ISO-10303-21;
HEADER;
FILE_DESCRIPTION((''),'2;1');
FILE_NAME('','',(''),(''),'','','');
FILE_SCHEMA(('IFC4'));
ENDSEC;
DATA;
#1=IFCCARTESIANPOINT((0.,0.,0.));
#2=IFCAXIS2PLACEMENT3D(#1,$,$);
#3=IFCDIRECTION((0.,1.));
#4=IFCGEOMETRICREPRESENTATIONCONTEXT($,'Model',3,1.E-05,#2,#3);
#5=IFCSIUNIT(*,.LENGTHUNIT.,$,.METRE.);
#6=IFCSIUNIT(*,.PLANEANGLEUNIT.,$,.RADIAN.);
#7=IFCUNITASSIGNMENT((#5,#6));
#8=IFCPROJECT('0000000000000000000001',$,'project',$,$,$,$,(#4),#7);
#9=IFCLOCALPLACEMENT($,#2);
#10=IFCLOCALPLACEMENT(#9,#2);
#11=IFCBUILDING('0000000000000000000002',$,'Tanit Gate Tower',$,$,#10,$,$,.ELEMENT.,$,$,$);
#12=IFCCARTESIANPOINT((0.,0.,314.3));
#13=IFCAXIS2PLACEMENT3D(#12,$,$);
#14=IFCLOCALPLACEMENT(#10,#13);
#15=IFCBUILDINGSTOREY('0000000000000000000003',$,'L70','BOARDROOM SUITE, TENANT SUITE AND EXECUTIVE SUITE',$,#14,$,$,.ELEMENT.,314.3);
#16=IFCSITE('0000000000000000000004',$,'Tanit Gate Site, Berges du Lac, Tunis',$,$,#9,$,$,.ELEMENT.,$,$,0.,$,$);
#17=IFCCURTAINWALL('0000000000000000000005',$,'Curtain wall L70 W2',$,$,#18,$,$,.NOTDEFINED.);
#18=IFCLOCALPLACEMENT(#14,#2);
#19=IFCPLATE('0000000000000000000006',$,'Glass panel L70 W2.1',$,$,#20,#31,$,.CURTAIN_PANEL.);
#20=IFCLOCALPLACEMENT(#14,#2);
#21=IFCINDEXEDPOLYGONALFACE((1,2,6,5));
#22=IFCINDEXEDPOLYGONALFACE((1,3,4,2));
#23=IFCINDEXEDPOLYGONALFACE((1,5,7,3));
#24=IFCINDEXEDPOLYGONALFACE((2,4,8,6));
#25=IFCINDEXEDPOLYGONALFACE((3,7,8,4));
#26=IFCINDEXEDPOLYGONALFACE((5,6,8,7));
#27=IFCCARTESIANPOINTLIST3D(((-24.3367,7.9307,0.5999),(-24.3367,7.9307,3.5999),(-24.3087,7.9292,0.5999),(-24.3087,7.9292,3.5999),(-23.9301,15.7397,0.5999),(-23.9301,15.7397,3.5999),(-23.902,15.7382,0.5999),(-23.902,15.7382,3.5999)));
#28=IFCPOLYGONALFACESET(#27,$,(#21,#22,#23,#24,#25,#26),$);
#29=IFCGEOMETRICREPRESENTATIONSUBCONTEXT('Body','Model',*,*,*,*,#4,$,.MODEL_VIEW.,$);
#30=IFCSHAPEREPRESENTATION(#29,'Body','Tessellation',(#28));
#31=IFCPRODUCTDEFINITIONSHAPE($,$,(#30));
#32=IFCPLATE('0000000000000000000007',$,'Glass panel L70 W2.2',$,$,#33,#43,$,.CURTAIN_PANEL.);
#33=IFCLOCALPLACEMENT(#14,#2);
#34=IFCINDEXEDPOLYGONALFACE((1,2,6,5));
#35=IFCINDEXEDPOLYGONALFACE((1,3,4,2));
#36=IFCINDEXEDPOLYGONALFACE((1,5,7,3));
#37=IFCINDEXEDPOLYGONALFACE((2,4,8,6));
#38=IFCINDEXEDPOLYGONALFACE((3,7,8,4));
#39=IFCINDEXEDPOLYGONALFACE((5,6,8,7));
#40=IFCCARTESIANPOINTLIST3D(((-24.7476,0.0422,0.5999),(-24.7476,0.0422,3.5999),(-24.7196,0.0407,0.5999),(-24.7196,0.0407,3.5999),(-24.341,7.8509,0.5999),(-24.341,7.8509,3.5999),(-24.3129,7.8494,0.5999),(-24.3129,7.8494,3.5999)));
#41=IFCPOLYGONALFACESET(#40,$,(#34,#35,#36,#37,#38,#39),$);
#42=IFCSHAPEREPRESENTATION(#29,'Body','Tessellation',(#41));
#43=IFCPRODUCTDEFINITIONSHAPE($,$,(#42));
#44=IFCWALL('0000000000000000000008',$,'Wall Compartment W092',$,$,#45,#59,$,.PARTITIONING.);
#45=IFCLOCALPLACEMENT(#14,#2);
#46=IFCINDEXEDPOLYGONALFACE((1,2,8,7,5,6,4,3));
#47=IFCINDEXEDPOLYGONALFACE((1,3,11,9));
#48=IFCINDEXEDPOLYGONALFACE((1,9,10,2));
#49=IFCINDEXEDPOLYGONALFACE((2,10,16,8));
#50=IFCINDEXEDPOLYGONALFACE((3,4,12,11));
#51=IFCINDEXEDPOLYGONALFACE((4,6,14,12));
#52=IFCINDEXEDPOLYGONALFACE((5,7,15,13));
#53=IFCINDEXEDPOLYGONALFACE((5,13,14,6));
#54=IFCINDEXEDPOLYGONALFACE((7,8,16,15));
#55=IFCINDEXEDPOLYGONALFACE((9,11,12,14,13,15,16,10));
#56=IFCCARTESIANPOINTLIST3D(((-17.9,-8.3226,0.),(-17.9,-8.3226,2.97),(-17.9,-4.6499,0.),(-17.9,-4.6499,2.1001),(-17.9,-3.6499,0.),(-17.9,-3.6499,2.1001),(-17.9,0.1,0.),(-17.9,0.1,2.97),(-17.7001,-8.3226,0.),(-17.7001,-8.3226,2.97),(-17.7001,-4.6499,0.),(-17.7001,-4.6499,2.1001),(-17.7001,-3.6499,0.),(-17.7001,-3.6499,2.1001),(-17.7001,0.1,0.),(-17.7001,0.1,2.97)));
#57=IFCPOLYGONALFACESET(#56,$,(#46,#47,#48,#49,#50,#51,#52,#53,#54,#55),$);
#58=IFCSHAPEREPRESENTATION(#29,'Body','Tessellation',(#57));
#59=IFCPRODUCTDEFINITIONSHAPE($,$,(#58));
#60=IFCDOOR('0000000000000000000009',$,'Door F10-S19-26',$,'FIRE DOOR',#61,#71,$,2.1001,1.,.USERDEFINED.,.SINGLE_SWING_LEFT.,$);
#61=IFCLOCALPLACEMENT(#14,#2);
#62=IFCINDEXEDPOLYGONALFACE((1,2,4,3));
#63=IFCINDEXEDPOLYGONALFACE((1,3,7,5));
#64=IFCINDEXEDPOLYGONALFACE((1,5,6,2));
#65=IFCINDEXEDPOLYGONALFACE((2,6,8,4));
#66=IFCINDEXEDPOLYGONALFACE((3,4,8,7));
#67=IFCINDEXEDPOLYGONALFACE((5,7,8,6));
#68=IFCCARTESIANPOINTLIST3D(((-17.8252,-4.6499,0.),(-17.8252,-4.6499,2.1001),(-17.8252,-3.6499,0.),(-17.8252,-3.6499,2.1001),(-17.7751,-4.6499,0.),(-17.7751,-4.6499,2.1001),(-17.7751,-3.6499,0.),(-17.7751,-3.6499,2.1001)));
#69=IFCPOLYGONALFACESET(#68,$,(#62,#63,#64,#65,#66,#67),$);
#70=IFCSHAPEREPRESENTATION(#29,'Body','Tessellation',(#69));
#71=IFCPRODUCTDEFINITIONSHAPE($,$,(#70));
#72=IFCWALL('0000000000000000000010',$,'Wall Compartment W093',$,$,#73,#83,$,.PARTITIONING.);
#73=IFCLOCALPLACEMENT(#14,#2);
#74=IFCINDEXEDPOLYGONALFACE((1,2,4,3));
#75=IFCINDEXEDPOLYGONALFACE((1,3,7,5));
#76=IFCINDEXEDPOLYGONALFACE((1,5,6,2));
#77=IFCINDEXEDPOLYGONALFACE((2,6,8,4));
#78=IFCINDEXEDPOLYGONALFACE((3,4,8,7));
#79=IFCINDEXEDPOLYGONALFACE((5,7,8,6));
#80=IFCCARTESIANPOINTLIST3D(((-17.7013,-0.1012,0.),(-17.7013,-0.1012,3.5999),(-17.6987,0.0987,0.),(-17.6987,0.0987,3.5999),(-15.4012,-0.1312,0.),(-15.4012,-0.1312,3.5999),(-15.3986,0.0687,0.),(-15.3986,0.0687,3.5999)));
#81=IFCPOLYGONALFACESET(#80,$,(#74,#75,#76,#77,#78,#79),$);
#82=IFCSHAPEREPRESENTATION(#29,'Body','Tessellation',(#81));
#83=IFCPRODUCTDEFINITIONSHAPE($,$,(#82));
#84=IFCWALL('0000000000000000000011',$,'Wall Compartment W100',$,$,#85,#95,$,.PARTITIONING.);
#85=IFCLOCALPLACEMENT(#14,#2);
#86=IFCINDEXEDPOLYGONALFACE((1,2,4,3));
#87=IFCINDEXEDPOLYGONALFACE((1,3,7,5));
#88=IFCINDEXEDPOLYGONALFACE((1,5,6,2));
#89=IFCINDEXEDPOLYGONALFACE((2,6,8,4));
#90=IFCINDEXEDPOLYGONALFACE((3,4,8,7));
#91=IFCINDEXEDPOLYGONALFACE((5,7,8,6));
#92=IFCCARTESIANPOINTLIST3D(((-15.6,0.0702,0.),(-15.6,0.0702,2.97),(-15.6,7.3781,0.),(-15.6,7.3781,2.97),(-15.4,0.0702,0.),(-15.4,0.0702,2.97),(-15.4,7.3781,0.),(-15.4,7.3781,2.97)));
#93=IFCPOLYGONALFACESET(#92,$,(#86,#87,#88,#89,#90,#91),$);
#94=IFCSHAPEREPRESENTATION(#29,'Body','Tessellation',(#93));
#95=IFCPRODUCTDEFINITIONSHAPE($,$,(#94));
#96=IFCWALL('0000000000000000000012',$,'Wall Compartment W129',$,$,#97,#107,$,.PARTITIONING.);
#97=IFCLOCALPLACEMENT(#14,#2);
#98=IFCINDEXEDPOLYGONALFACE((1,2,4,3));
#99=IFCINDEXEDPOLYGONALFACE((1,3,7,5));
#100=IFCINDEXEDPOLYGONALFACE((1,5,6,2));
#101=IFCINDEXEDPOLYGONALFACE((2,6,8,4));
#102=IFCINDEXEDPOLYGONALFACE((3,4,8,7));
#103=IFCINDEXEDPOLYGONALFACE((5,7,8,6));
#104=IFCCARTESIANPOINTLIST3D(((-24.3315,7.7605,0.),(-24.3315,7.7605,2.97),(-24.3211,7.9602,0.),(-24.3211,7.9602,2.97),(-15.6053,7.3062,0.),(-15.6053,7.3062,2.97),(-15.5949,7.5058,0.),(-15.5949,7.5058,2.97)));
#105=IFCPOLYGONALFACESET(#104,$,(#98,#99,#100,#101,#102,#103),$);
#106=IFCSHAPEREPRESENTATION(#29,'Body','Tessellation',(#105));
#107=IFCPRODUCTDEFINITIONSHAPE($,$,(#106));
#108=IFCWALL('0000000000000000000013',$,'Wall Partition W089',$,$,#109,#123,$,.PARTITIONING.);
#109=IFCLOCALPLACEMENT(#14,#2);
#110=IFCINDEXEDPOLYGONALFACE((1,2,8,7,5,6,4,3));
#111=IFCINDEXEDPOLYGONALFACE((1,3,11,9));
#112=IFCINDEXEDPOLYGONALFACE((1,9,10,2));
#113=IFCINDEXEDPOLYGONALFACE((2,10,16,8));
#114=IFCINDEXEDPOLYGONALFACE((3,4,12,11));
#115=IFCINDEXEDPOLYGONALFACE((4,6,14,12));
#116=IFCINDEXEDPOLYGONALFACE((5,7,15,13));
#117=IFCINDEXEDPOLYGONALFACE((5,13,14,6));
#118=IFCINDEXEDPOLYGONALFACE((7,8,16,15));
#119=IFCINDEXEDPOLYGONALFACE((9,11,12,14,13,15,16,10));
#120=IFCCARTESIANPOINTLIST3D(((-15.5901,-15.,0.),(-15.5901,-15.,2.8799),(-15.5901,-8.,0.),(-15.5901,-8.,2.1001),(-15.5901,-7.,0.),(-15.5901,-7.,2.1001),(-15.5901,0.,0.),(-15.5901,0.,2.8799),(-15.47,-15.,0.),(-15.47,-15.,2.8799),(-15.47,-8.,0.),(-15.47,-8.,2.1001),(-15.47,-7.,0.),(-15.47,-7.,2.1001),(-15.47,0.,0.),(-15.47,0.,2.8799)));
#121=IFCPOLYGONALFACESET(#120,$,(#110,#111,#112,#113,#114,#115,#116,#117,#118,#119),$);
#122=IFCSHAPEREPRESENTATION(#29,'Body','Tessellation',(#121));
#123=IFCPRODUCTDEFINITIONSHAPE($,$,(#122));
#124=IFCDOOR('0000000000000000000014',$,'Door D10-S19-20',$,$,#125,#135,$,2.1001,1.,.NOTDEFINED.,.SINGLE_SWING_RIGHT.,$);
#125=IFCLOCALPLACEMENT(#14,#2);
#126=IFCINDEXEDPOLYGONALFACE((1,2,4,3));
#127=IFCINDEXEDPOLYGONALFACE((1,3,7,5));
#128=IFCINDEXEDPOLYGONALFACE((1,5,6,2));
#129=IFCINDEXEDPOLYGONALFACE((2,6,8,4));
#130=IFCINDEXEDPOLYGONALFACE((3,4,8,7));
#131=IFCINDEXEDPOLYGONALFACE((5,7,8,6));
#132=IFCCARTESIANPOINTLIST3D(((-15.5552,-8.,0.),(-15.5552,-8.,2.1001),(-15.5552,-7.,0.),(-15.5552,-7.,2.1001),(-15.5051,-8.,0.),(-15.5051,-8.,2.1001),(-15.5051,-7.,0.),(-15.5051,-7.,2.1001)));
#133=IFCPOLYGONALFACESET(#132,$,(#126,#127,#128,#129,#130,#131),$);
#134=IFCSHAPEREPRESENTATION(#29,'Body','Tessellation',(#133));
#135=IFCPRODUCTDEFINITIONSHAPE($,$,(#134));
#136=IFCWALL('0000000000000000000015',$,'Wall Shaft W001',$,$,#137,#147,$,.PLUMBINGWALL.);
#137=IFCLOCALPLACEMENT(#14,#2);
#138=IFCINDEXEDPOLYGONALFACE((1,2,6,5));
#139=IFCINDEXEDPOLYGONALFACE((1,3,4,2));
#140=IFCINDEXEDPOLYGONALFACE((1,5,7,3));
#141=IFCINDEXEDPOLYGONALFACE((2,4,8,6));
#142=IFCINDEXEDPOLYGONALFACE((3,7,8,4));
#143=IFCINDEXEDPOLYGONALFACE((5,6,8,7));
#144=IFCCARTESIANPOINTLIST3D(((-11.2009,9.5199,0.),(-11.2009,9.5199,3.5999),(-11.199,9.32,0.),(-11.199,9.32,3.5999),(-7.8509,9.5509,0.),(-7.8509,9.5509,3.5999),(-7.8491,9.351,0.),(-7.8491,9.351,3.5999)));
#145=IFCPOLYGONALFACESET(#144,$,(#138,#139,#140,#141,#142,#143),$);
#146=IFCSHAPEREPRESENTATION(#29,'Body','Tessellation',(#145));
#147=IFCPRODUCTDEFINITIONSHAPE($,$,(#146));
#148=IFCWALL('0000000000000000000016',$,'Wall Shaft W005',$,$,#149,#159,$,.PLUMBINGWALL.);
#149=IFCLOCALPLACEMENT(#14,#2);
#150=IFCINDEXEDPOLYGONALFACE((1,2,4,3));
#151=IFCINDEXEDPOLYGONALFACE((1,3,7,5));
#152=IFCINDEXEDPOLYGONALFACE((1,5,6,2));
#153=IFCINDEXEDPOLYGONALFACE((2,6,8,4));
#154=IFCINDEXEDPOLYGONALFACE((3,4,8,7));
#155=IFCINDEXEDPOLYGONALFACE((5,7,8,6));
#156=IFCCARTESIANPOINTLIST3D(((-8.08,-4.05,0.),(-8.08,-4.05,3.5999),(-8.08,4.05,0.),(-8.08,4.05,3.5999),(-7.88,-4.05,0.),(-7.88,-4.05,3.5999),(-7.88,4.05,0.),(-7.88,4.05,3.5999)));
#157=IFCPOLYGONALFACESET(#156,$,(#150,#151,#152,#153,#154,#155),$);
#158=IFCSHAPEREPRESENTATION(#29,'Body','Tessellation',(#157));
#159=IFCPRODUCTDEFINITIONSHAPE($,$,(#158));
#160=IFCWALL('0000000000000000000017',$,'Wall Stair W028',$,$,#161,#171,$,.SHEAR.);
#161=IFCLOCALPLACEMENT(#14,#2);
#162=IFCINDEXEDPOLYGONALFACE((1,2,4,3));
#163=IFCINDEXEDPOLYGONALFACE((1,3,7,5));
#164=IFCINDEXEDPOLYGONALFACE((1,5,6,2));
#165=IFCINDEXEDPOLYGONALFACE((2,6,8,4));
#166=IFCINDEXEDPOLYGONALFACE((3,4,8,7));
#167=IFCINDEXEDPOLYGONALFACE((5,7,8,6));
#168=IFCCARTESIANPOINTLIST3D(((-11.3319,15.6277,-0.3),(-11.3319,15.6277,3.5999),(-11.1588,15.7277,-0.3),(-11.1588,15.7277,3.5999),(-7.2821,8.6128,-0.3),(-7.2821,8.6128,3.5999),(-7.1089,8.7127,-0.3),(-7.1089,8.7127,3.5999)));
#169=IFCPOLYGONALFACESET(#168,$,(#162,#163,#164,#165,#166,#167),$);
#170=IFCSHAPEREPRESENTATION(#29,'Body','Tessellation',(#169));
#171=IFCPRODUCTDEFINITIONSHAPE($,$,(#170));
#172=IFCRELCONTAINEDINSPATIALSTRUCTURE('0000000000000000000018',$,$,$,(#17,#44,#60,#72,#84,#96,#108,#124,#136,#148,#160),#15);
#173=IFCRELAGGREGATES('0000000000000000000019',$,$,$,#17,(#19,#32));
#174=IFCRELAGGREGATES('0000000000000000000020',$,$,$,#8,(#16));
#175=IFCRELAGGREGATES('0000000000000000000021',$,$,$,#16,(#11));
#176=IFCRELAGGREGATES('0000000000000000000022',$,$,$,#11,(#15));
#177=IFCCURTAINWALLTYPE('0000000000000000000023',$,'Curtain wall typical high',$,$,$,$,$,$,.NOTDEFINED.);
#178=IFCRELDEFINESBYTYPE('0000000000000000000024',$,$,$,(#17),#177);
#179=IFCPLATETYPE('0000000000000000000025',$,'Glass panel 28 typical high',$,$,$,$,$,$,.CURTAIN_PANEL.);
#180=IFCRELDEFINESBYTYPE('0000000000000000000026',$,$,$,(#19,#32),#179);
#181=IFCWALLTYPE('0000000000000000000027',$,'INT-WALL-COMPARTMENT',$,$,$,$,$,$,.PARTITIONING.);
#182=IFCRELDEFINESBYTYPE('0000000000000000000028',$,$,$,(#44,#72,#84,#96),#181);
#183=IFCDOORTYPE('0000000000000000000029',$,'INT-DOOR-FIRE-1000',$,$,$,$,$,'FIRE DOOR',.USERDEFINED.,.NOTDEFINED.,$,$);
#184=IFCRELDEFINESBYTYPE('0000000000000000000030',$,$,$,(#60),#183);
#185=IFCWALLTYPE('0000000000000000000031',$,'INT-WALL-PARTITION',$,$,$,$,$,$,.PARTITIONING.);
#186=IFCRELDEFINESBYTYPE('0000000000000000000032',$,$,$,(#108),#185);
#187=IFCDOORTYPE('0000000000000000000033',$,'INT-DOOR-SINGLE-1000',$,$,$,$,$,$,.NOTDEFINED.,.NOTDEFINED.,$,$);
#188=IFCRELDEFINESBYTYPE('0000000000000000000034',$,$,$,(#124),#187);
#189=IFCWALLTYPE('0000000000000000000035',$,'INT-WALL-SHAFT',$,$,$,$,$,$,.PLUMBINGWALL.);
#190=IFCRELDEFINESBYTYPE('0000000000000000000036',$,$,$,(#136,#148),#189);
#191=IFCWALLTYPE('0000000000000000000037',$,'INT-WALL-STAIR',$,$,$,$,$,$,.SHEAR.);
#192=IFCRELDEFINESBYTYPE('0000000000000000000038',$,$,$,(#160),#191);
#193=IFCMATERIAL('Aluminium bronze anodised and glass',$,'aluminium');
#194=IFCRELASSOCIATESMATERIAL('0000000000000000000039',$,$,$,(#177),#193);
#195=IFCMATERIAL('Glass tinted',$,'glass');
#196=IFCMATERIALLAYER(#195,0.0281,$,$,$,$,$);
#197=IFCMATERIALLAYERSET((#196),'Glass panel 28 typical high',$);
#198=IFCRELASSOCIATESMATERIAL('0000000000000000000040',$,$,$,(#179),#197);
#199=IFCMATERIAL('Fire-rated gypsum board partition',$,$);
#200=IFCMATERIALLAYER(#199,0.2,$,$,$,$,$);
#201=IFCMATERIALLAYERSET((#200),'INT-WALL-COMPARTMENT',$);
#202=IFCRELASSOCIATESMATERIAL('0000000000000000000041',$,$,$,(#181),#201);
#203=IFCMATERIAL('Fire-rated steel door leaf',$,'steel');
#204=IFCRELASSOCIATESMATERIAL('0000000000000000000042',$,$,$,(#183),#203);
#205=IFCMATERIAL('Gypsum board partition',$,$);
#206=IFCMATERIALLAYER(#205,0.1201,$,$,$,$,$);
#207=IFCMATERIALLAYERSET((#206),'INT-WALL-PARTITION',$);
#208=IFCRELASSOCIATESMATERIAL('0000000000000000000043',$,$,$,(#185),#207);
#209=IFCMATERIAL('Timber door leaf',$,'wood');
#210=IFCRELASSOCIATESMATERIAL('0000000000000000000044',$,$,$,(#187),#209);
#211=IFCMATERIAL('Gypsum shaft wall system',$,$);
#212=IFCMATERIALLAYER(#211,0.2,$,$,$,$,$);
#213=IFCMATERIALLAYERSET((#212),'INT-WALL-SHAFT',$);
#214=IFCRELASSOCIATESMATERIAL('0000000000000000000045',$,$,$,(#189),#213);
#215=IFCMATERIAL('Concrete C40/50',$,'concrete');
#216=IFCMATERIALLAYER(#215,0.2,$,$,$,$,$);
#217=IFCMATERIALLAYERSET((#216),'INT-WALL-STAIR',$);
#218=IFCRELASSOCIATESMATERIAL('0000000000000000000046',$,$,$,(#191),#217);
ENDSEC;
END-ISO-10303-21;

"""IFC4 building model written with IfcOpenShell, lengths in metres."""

from ifc_helpers import new_model, si_unit, direction, frame, frame_2d, origin, origin_2d, place, context, subcontext, project, spatial, rectangle, extrude, material, layer, layer_set, type_object, element, fill, aggregate, save


model = new_model("IFC4")

# Units and contexts
model_context = context("Model", 3, precision=1e-05, world=origin(), true_north=direction((0.0, 1.0)))
body_context = subcontext(model_context, "Body", "Model", "MODEL_VIEW")
ifc_project = project(units=[si_unit("LENGTHUNIT", "METRE"), si_unit("PLANEANGLEUNIT", "RADIAN")], contexts=[model_context])

# Site, building, storey
site_placement = place(None, origin())
site = spatial("IfcSite", under=ifc_project, at=site_placement, Name="Tanit Gate Site, Berges du Lac, Tunis", CompositionType="ELEMENT", RefElevation=0.0)
building_placement = place(site_placement, origin())
building = spatial("IfcBuilding", under=site, at=building_placement, Name="Tanit Gate Tower", CompositionType="ELEMENT")
storey_placement = place(building_placement, frame((0.0, 0.0, 314.3)))
storey = spatial("IfcBuildingStorey", under=building, at=storey_placement, Name="L70", Description="BOARDROOM SUITE, TENANT SUITE AND EXECUTIVE SUITE", CompositionType="ELEMENT", Elevation=314.3)

# Curtain wall
ifc_material_1 = material(Name="Aluminium bronze anodised and glass", Category="aluminium")
curtain_wall_type = type_object("IfcCurtainWallType", Name="Curtain wall typical high", PredefinedType="NOTDEFINED", material=ifc_material_1)
curtain_wall_placement = place(storey_placement, origin())
curtain_wall = element("IfcCurtainWall", 1, at=curtain_wall_placement, inside=storey, type_object=curtain_wall_type, Name="Curtain wall L70 W2", PredefinedType="NOTDEFINED")

# Plates
ifc_material_2 = material(Name="Glass tinted", Category="glass")
ifc_layer_1 = layer(ifc_material_2, 0.0281)
ifc_layer_set_1 = layer_set([ifc_layer_1], Name="Glass panel 28 typical high")
plate_type = type_object("IfcPlateType", Name="Glass panel 28 typical high", PredefinedType="CURTAIN_PANEL", material=ifc_layer_set_1)
plate_1_placement = place(storey_placement, frame((-24.1194, 11.8345, 0.5999), z_axis=(0.0, 0.0, 1.0), x_axis=(-0.052003, -0.998647, 0.0)))
plate_1 = element("IfcPlate", 2, at=plate_1_placement, type_object=plate_type, Name="Glass panel L70 W2.1", PredefinedType="CURTAIN_PANEL", context=body_context, shape_type="SweptSolid", body=[
    extrude(rectangle(XDim=7.8196, YDim=0.0281, at=origin_2d()), origin(), (0.0, 0.0, 1.0), 3.0),
])
plate_2_placement = place(storey_placement, frame((-24.5303, 3.9458, 0.5999), z_axis=(0.0, 0.0, 1.0), x_axis=(-0.052003, -0.998647, 0.0)))
plate_2 = element("IfcPlate", 3, at=plate_2_placement, type_object=plate_type, Name="Glass panel L70 W2.2", PredefinedType="CURTAIN_PANEL", context=body_context, shape_type="SweptSolid", body=[
    extrude(rectangle(XDim=7.8193, YDim=0.0281, at=origin_2d()), origin(), (0.0, 0.0, 1.0), 3.0),
])
aggregate(curtain_wall, [plate_1, plate_2])

# Wall, opening, door
ifc_material_3 = material(Name="Fire-rated gypsum board partition")
ifc_layer_2 = layer(ifc_material_3, 0.2)
ifc_layer_set_2 = layer_set([ifc_layer_2], Name="INT-WALL-COMPARTMENT")
wall_type_1 = type_object("IfcWallType", Name="INT-WALL-COMPARTMENT", PredefinedType="PARTITIONING", material=ifc_layer_set_2)
wall_1_placement = place(storey_placement, frame((-17.8, 0.1001, 0.0), z_axis=(0.0, 0.0, 1.0), x_axis=(0.0, -1.0, 0.0)))
wall_1 = element("IfcWall", 4, at=wall_1_placement, inside=storey, type_object=wall_type_1, Name="Wall Compartment W092", PredefinedType="PARTITIONING", context=body_context, shape_type="SweptSolid", body=[
    extrude(rectangle(XDim=8.4226, YDim=0.2, at=frame_2d((4.2114, 0.0))), origin(), (0.0, 0.0, 1.0), 2.97),
])
opening_1_placement = place(wall_1_placement, frame((3.75, 0.0, 0.0)))
opening_1 = element("IfcOpeningElement", 5, at=opening_1_placement, cuts=wall_1, PredefinedType="OPENING", context=body_context, shape_type="SweptSolid", body=[
    extrude(rectangle(XDim=1.0, YDim=2.1001, at=frame_2d((0.5, 1.05))), frame((0.0, 0.1099, 0.0), z_axis=(0.0, -1.0, 0.0), x_axis=(1.0, 0.0, 0.0)), (0.0, 0.0, 1.0), 0.22),
])
ifc_material_4 = material(Name="Fire-rated steel door leaf", Category="steel")
door_type_1 = type_object("IfcDoorType", Name="INT-DOOR-FIRE-1000", ElementType="FIRE DOOR", OperationType="NOTDEFINED", PredefinedType="USERDEFINED", material=ifc_material_4)
door_1_placement = place(opening_1_placement, origin())
door_1 = element("IfcDoor", 6, at=door_1_placement, inside=storey, type_object=door_type_1, Name="Door F10-S19-26", ObjectType="FIRE DOOR", OperationType="SINGLE_SWING_LEFT", OverallHeight=2.1001, OverallWidth=1.0, PredefinedType="USERDEFINED", context=body_context, shape_type="SweptSolid", body=[
    extrude(rectangle(XDim=1.0, YDim=2.1001, at=frame_2d((0.5, 1.05))), frame((0.0, 0.0249, 0.0), z_axis=(0.0, -1.0, 0.0), x_axis=(1.0, 0.0, 0.0)), (0.0, 0.0, 1.0), 0.05),
])
fill(opening_1, door_1)

# Walls
wall_2_placement = place(storey_placement, frame((-15.3999, -0.0312, 0.0), z_axis=(0.0, 0.0, 1.0), x_axis=(-0.999915, 0.013055, 0.0)))
element("IfcWall", 7, at=wall_2_placement, inside=storey, type_object=wall_type_1, Name="Wall Compartment W093", PredefinedType="PARTITIONING", context=body_context, shape_type="SweptSolid", body=[
    extrude(rectangle(XDim=2.3003, YDim=0.2, at=frame_2d((1.1501, 0.0))), origin(), (0.0, 0.0, 1.0), 3.5999),
])
wall_3_placement = place(storey_placement, frame((-15.5, 7.3779, 0.0), z_axis=(0.0, 0.0, 1.0), x_axis=(0.0, -1.0, 0.0)))
element("IfcWall", 8, at=wall_3_placement, inside=storey, type_object=wall_type_1, Name="Wall Compartment W100", PredefinedType="PARTITIONING", context=body_context, shape_type="SweptSolid", body=[
    extrude(rectangle(XDim=7.3079, YDim=0.2, at=frame_2d((3.6538, 0.0))), origin(), (0.0, 0.0, 1.0), 2.97),
])
wall_4_placement = place(storey_placement, frame((-24.3264, 7.8604, 0.0), z_axis=(0.0, 0.0, 1.0), x_axis=(0.998647, -0.051996, 0.0)))
element("IfcWall", 9, at=wall_4_placement, inside=storey, type_object=wall_type_1, Name="Wall Compartment W129", PredefinedType="PARTITIONING", context=body_context, shape_type="SweptSolid", body=[
    extrude(rectangle(XDim=8.738, YDim=0.2, at=frame_2d((4.3691, 0.0))), origin(), (0.0, 0.0, 1.0), 2.97),
])

# Wall, opening, door
ifc_material_5 = material(Name="Gypsum board partition")
ifc_layer_3 = layer(ifc_material_5, 0.1201)
ifc_layer_set_3 = layer_set([ifc_layer_3], Name="INT-WALL-PARTITION")
wall_type_2 = type_object("IfcWallType", Name="INT-WALL-PARTITION", PredefinedType="PARTITIONING", material=ifc_layer_set_3)
wall_5_placement = place(storey_placement, frame((-15.53, 0.0, 0.0), z_axis=(0.0, 0.0, 1.0), x_axis=(0.0, -1.0, 0.0)))
wall_5 = element("IfcWall", 10, at=wall_5_placement, inside=storey, type_object=wall_type_2, Name="Wall Partition W089", PredefinedType="PARTITIONING", context=body_context, shape_type="SweptSolid", body=[
    extrude(rectangle(XDim=15.0, YDim=0.1201, at=frame_2d((7.5, 0.0))), origin(), (0.0, 0.0, 1.0), 2.8799),
])
opening_2_placement = place(wall_5_placement, frame((7.0, 0.0, 0.0)))
opening_2 = element("IfcOpeningElement", 11, at=opening_2_placement, cuts=wall_5, PredefinedType="OPENING", context=body_context, shape_type="SweptSolid", body=[
    extrude(rectangle(XDim=1.0, YDim=2.1001, at=frame_2d((0.5, 1.05))), frame((0.0, 0.0701, 0.0), z_axis=(0.0, -1.0, 0.0), x_axis=(1.0, 0.0, 0.0)), (0.0, 0.0, 1.0), 0.1401),
])
ifc_material_6 = material(Name="Timber door leaf", Category="wood")
door_type_2 = type_object("IfcDoorType", Name="INT-DOOR-SINGLE-1000", OperationType="NOTDEFINED", PredefinedType="NOTDEFINED", material=ifc_material_6)
door_2_placement = place(opening_2_placement, origin())
door_2 = element("IfcDoor", 12, at=door_2_placement, inside=storey, type_object=door_type_2, Name="Door D10-S19-20", OperationType="SINGLE_SWING_RIGHT", OverallHeight=2.1001, OverallWidth=1.0, PredefinedType="NOTDEFINED", context=body_context, shape_type="SweptSolid", body=[
    extrude(rectangle(XDim=1.0, YDim=2.1001, at=frame_2d((0.5, 1.05))), frame((0.0, 0.0249, 0.0), z_axis=(0.0, -1.0, 0.0), x_axis=(1.0, 0.0, 0.0)), (0.0, 0.0, 1.0), 0.05),
])
fill(opening_2, door_2)

# Walls
ifc_material_7 = material(Name="Gypsum shaft wall system")
ifc_layer_4 = layer(ifc_material_7, 0.2)
ifc_layer_set_4 = layer_set([ifc_layer_4], Name="INT-WALL-SHAFT")
wall_type_3 = type_object("IfcWallType", Name="INT-WALL-SHAFT", PredefinedType="PLUMBINGWALL", material=ifc_layer_set_4)
wall_6_placement = place(storey_placement, frame((-11.2, 9.4199, 0.0), z_axis=(0.0, 0.0, 1.0), x_axis=(0.999957, 0.009255, 0.0)))
element("IfcWall", 13, at=wall_6_placement, inside=storey, type_object=wall_type_3, Name="Wall Shaft W001", PredefinedType="PLUMBINGWALL", context=body_context, shape_type="SweptSolid", body=[
    extrude(rectangle(XDim=3.3501, YDim=0.2, at=frame_2d((1.675, 0.0))), origin(), (0.0, 0.0, 1.0), 3.5999),
])
wall_7_placement = place(storey_placement, frame((-7.98, 4.05, 0.0), z_axis=(0.0, 0.0, 1.0), x_axis=(0.0, -1.0, 0.0)))
element("IfcWall", 14, at=wall_7_placement, inside=storey, type_object=wall_type_3, Name="Wall Shaft W005", PredefinedType="PLUMBINGWALL", context=body_context, shape_type="SweptSolid", body=[
    extrude(rectangle(XDim=8.1001, YDim=0.2, at=frame_2d((4.05, 0.0))), origin(), (0.0, 0.0, 1.0), 3.5999),
])
ifc_material_8 = material(Name="Concrete C40/50", Category="concrete")
ifc_layer_5 = layer(ifc_material_8, 0.2)
ifc_layer_set_5 = layer_set([ifc_layer_5], Name="INT-WALL-STAIR")
wall_type_4 = type_object("IfcWallType", Name="INT-WALL-STAIR", PredefinedType="SHEAR", material=ifc_layer_set_5)
wall_8_placement = place(storey_placement, frame((-11.2454, 15.6777, -0.3), z_axis=(0.0, 0.0, 1.0), x_axis=(0.499977, -0.866039, 0.0)))
element("IfcWall", 15, at=wall_8_placement, inside=storey, type_object=wall_type_4, Name="Wall Stair W028", PredefinedType="SHEAR", context=body_context, shape_type="SweptSolid", body=[
    extrude(rectangle(XDim=8.1001, YDim=0.2, at=frame_2d((4.05, 0.0))), origin(), (0.0, 0.0, 1.0), 3.8999),
])

save(model, "model.ifc")
